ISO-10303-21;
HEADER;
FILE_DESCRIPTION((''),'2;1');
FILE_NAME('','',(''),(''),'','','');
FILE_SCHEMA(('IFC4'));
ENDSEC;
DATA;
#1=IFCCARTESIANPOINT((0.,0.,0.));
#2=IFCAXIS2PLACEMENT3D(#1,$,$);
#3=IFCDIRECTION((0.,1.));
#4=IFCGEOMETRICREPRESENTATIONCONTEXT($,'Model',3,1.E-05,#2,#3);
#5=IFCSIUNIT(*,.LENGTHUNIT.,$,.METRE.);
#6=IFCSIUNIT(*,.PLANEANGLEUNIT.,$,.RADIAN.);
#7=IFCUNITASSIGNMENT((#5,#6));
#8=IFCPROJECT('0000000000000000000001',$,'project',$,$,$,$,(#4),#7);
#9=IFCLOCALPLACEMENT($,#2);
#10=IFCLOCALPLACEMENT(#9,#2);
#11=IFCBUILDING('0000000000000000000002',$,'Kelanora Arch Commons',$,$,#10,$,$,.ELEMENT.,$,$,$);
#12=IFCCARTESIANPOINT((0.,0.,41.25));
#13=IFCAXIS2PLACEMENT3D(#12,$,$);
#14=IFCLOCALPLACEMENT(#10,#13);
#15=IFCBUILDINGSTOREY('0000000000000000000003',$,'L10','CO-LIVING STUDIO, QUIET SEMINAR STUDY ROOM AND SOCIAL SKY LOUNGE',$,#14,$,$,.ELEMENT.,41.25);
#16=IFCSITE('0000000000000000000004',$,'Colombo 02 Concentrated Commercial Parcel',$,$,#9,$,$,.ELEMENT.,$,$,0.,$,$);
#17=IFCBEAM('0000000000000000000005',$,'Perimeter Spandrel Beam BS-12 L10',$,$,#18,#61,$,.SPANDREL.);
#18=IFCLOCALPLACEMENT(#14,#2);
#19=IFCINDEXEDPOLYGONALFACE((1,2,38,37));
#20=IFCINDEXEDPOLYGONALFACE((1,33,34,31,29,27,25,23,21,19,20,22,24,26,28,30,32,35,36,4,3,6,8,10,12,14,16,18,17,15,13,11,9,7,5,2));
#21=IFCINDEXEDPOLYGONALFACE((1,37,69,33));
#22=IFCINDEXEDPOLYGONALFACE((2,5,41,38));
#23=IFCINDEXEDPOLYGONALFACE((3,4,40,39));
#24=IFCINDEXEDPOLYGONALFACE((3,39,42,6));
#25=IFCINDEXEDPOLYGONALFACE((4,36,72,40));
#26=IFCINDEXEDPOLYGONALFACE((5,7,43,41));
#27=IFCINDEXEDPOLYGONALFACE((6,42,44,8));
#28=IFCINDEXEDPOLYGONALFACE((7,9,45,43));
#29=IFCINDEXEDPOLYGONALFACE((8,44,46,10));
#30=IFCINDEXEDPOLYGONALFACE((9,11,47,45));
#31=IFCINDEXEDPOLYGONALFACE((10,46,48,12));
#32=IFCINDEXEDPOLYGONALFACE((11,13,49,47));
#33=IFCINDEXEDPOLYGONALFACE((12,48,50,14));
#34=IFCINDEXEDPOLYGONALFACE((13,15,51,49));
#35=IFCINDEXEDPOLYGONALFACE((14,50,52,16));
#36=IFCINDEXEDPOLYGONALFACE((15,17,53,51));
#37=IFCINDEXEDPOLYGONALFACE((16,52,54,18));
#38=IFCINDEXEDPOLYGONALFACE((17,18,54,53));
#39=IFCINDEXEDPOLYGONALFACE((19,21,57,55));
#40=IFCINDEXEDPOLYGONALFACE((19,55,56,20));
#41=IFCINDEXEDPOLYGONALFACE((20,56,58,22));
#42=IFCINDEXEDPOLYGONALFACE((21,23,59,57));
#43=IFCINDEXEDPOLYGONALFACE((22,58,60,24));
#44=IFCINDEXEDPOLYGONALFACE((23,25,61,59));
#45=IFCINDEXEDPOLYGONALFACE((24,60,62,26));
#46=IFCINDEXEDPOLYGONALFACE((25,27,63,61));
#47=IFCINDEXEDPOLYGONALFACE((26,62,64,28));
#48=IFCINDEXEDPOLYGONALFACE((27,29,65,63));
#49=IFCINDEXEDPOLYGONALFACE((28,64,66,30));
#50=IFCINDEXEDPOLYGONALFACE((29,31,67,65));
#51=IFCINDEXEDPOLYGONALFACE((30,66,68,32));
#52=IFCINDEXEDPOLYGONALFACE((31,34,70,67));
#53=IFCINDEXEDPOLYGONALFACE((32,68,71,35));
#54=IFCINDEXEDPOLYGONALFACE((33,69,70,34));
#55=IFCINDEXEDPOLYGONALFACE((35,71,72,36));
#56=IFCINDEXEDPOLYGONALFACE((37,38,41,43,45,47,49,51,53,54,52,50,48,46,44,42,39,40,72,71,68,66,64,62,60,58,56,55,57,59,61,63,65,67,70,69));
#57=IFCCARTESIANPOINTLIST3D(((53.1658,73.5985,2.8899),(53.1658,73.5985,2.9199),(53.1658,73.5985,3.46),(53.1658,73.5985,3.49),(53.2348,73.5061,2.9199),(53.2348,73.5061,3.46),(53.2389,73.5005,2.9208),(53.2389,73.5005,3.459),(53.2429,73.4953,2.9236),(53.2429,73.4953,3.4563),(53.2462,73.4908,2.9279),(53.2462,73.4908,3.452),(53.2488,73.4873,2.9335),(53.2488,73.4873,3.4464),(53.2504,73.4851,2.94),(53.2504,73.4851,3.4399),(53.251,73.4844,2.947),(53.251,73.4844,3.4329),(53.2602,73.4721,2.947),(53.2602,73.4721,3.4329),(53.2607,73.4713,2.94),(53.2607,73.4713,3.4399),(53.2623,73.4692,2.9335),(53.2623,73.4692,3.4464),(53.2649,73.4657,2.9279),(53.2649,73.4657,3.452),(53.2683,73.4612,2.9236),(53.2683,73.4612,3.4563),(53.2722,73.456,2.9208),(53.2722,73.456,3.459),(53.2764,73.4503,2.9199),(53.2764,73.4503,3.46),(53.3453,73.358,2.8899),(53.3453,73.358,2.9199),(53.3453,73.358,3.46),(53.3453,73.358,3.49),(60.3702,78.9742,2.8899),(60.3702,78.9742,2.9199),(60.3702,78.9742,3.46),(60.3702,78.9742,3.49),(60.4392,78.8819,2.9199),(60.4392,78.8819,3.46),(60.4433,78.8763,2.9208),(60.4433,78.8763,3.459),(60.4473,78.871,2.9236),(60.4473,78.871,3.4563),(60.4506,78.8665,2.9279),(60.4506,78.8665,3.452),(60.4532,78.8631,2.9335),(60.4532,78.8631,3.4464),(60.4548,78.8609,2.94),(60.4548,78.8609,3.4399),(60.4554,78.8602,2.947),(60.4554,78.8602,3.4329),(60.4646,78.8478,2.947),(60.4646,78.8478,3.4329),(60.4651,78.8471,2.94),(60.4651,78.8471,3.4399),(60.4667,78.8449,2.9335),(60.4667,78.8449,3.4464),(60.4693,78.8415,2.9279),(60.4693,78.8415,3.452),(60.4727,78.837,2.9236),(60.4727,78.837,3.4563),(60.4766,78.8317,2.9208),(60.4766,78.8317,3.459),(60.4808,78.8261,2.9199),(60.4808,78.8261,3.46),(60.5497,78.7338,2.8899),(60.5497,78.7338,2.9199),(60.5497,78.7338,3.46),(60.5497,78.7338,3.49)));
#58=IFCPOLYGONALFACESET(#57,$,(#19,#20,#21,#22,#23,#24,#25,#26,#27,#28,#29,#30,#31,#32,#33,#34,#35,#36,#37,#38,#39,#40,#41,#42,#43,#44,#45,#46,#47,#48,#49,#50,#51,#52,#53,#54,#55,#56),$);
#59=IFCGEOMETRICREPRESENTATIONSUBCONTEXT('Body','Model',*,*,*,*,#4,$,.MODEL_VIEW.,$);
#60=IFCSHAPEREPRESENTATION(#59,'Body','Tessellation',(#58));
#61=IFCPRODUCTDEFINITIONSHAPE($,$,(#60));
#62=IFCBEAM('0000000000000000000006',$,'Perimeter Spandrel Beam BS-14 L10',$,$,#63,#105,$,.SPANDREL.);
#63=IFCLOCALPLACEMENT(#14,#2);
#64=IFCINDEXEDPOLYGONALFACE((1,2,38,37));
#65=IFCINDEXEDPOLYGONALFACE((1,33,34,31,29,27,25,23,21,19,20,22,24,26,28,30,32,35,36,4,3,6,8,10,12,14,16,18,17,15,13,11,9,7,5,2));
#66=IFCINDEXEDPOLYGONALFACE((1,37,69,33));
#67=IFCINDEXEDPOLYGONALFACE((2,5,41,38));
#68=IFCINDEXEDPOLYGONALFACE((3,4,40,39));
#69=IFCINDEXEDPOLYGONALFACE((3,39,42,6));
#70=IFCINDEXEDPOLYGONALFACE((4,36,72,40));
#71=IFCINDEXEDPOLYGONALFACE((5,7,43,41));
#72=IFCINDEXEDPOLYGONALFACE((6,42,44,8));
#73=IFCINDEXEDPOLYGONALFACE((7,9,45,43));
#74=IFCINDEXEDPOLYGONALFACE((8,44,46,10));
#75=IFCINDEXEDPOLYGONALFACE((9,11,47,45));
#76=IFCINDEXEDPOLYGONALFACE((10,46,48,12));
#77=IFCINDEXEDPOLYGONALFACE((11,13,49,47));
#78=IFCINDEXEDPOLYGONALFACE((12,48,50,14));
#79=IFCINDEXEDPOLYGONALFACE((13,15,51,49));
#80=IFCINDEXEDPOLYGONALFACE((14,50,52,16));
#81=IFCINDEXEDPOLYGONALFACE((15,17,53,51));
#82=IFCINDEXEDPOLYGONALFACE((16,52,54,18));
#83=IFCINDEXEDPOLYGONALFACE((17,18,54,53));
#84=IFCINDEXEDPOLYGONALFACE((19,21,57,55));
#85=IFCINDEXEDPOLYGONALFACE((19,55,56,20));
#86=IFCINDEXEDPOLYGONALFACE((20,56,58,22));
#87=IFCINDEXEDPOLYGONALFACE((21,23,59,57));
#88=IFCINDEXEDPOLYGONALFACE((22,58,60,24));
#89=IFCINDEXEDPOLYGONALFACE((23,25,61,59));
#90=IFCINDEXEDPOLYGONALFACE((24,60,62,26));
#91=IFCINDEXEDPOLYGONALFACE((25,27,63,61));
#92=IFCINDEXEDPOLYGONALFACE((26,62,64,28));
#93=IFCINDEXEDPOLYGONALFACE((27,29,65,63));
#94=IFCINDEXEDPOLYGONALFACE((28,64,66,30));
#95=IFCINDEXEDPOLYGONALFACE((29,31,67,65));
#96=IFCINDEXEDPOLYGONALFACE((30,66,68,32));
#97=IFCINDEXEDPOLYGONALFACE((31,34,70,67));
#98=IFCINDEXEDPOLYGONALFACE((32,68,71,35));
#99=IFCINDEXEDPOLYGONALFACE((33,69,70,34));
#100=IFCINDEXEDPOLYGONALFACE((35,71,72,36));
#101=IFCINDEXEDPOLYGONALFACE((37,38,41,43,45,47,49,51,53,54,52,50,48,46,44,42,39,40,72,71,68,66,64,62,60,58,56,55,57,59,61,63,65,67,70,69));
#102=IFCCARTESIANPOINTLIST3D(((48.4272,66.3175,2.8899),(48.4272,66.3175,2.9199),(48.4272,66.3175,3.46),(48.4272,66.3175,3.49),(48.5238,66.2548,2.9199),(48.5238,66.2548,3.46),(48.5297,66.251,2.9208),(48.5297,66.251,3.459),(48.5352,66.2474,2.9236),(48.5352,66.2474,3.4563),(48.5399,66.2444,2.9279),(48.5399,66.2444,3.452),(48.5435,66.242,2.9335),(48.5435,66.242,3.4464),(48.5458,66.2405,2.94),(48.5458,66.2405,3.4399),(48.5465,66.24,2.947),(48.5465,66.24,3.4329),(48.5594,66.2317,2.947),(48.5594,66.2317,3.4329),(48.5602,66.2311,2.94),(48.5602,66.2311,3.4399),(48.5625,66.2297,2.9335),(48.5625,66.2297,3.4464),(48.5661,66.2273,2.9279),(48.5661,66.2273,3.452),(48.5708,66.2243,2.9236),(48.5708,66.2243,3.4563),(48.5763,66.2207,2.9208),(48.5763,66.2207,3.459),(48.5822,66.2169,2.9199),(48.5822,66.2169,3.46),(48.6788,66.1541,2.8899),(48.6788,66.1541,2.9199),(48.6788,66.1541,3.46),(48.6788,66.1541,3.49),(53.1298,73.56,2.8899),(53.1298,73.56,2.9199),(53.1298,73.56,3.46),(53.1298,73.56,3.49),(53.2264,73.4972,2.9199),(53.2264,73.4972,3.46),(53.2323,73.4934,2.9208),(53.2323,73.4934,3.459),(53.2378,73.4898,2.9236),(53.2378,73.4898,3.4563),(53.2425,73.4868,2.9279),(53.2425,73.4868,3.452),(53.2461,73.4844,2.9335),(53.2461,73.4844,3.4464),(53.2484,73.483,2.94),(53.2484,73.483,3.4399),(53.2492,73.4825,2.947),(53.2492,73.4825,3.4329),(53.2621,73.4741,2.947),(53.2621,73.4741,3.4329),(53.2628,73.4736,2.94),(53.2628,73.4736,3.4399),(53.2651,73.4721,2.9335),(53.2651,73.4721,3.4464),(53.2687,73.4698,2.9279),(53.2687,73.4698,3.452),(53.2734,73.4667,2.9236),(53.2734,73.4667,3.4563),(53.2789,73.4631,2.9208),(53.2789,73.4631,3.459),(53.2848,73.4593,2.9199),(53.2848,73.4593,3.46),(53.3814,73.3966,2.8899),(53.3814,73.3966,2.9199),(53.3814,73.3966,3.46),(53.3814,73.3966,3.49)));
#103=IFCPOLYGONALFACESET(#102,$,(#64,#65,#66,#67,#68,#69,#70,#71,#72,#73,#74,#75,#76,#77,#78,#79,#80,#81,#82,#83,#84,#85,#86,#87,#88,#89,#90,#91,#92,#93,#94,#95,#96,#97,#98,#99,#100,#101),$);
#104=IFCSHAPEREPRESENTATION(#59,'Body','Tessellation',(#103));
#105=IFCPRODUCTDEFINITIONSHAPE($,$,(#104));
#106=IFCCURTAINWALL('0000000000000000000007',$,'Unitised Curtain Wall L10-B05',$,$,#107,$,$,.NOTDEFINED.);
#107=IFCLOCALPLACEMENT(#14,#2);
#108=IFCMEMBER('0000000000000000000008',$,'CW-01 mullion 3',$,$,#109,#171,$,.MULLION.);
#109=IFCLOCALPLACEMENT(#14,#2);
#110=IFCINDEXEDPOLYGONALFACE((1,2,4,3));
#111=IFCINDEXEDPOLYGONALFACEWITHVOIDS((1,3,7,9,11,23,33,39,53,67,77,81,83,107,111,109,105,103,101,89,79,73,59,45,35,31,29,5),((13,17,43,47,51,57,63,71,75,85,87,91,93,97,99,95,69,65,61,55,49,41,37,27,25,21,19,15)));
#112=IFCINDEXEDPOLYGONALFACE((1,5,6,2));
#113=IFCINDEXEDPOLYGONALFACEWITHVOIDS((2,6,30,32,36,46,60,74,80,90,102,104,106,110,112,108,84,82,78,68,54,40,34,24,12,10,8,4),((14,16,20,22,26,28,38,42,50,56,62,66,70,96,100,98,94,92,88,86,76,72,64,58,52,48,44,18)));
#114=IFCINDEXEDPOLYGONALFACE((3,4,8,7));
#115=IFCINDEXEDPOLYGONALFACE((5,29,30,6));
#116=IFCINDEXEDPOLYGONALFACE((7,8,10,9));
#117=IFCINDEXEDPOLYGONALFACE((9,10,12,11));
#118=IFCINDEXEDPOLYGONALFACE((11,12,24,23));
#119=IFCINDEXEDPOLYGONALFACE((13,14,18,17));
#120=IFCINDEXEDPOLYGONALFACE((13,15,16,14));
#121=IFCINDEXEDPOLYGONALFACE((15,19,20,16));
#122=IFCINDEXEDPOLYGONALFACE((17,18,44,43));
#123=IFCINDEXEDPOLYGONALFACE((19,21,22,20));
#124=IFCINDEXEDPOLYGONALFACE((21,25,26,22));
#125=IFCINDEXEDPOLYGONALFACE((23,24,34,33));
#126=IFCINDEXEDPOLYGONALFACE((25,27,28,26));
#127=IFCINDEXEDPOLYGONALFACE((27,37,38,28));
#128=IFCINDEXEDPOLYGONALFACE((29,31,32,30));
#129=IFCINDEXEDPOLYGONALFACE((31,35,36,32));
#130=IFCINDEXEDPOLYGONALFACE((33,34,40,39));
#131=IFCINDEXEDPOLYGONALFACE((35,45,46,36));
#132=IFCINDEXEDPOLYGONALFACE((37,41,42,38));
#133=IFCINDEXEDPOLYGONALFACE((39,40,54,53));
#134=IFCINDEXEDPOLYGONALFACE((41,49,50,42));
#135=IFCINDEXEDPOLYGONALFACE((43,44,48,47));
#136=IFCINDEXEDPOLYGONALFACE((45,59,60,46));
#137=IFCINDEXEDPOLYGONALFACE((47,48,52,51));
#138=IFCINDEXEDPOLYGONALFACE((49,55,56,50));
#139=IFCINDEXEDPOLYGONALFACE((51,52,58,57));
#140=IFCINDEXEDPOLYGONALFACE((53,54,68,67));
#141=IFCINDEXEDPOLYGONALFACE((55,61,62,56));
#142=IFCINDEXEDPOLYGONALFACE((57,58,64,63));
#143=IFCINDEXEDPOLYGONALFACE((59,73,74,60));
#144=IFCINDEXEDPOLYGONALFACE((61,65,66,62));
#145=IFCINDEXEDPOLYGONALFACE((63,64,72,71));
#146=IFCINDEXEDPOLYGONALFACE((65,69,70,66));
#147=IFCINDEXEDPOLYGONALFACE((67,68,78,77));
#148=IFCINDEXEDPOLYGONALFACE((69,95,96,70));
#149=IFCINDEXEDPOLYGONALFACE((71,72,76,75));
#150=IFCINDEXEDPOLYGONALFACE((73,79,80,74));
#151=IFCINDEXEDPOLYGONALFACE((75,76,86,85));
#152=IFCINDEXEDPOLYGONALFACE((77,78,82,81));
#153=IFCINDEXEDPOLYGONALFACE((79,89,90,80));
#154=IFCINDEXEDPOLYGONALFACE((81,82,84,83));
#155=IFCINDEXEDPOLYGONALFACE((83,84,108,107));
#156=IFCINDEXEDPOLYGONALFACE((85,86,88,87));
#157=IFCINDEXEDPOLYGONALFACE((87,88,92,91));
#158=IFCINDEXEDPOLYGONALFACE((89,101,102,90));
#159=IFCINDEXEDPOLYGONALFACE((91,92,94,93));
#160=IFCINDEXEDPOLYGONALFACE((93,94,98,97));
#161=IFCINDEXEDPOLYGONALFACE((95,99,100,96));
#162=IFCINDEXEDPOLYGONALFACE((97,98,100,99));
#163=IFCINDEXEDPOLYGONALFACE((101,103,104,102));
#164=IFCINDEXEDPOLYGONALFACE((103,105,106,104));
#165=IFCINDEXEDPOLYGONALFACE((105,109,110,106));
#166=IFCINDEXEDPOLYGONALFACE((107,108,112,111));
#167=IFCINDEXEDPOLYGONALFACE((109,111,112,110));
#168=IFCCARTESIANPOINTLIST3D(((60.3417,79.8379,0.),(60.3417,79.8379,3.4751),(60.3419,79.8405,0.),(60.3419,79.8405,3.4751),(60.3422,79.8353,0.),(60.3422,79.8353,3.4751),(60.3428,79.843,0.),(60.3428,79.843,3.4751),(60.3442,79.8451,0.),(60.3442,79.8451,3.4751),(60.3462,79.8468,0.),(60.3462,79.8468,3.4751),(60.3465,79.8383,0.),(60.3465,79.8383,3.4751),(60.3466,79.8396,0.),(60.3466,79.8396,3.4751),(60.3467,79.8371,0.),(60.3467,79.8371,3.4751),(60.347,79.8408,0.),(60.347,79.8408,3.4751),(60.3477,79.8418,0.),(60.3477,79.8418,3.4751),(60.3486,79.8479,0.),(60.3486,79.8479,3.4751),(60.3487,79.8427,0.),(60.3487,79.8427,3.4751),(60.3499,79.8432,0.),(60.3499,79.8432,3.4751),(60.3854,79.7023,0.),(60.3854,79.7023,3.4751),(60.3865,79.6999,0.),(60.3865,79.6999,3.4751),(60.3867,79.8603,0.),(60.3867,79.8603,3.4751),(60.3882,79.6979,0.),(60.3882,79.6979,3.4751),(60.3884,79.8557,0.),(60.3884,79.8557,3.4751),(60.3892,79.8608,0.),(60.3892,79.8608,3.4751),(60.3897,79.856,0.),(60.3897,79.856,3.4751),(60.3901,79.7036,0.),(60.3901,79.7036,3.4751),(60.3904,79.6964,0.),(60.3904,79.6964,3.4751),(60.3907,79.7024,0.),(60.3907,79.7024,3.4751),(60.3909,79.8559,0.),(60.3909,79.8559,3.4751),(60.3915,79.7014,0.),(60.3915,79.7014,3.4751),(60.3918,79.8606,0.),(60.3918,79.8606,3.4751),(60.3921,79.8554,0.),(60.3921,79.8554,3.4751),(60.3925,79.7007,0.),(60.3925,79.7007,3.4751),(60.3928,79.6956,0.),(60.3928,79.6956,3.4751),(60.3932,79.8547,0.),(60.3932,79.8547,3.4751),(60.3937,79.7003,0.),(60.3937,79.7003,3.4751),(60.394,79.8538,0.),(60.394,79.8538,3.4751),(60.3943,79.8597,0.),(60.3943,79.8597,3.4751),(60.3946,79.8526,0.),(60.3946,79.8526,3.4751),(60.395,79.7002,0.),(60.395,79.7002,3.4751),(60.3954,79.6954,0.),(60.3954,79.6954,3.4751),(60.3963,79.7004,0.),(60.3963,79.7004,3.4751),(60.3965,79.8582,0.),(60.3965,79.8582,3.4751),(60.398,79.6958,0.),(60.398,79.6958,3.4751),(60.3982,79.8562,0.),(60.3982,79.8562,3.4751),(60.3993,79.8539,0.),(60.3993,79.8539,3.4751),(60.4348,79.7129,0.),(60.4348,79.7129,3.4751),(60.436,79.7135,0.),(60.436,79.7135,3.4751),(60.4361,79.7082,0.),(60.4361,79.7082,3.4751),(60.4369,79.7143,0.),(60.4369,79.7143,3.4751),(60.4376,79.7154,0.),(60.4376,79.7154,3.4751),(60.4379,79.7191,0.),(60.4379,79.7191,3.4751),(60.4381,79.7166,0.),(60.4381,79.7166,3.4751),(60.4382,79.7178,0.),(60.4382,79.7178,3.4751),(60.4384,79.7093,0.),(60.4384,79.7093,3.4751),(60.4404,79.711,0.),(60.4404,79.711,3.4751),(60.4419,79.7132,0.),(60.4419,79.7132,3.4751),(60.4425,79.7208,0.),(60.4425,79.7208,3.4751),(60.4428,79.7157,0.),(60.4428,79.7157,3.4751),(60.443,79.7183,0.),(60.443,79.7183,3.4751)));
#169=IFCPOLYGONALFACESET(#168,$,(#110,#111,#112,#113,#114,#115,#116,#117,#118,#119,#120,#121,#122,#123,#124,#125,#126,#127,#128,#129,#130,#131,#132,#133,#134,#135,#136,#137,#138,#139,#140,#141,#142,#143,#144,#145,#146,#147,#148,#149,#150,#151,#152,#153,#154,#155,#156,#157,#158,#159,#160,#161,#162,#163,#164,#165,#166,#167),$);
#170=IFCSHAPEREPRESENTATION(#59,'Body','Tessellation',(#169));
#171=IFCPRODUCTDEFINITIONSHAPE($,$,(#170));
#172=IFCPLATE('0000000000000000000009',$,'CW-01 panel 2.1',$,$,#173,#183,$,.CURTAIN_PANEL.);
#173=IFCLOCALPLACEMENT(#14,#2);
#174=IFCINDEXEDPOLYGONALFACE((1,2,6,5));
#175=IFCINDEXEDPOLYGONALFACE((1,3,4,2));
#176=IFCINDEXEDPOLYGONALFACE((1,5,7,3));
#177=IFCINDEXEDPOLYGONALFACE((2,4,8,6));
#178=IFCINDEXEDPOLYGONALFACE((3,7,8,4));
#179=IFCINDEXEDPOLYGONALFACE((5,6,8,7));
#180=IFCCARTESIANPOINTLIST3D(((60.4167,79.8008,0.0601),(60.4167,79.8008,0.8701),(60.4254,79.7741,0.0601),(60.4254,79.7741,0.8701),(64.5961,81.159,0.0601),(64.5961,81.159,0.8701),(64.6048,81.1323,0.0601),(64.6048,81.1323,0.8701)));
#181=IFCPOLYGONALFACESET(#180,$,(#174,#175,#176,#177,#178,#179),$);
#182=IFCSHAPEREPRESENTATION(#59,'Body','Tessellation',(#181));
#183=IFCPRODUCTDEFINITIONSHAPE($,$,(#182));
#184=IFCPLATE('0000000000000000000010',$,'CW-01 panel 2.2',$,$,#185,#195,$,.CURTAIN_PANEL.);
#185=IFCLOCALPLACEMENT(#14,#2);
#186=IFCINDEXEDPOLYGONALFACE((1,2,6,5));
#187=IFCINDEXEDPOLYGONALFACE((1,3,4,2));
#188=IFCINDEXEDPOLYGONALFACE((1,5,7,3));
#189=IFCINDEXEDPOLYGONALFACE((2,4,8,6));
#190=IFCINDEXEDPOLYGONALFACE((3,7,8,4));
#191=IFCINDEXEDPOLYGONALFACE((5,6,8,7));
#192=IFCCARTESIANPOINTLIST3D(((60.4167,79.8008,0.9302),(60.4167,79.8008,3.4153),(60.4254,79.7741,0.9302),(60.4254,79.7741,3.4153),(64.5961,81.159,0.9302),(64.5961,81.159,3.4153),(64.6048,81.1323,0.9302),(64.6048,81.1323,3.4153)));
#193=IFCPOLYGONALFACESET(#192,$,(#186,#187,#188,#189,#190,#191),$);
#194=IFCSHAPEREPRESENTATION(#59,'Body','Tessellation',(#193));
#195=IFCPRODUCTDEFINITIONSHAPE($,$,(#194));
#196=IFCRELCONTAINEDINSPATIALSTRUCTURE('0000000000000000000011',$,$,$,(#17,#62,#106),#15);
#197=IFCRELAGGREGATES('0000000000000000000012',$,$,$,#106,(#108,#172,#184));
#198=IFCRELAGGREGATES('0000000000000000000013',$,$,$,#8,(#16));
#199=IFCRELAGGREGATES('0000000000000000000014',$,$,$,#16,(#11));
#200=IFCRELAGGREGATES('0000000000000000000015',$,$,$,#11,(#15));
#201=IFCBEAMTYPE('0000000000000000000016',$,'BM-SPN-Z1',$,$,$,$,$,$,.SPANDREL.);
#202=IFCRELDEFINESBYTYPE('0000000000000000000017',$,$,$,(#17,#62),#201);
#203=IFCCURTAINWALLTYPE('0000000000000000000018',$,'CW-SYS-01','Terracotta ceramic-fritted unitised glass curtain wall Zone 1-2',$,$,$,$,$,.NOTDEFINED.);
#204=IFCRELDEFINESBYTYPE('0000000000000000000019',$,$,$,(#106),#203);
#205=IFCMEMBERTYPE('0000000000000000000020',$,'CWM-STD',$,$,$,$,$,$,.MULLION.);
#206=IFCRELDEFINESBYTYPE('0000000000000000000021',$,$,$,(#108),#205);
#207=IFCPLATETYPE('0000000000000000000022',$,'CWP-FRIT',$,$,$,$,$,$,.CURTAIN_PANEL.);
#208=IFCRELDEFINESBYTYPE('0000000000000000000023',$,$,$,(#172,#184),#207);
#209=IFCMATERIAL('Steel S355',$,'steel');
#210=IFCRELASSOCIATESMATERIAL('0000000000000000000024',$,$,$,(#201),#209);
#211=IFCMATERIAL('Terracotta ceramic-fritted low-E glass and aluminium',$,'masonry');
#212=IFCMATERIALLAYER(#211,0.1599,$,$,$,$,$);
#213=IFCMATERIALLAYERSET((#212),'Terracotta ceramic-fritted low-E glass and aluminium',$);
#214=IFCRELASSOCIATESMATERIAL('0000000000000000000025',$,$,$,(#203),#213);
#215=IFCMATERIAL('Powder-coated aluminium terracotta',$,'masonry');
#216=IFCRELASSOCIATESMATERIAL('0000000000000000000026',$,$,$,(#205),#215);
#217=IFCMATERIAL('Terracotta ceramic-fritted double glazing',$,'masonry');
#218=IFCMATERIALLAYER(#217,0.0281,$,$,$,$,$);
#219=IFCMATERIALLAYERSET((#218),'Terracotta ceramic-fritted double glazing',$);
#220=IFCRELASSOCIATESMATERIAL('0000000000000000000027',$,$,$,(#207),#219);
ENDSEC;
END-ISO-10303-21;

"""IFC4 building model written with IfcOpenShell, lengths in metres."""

from ifc_helpers import new_model, si_unit, direction, frame, origin, origin_2d, place, context, subcontext, project, spatial, rectangle, hollow_rectangle, i_section, extrude, source, transform, mapped, material, layer, layer_set, material_profile, profile_set, type_object, element, aggregate, save


model = new_model("IFC4")

# Units and contexts
model_context = context("Model", 3, precision=1e-05, world=origin(), true_north=direction((0.0, 1.0)))
body_context = subcontext(model_context, "Body", "Model", "MODEL_VIEW")
ifc_project = project(units=[si_unit("LENGTHUNIT", "METRE"), si_unit("PLANEANGLEUNIT", "RADIAN")], contexts=[model_context])

# Site, building, storey
site_placement = place(None, origin())
site = spatial("IfcSite", under=ifc_project, at=site_placement, Name="Colombo 02 Concentrated Commercial Parcel", CompositionType="ELEMENT", RefElevation=0.0)
building_placement = place(site_placement, origin())
building = spatial("IfcBuilding", under=site, at=building_placement, Name="Kelanora Arch Commons", CompositionType="ELEMENT")
storey_placement = place(building_placement, frame((0.0, 0.0, 41.25)))
storey = spatial("IfcBuildingStorey", under=building, at=storey_placement, Name="L10", Description="CO-LIVING STUDIO, QUIET SEMINAR STUDY ROOM AND SOCIAL SKY LOUNGE", CompositionType="ELEMENT", Elevation=41.25)

# Beams
ifc_material_1 = material(Name="Steel S355", Category="steel")
ifc_material_profile_1 = material_profile(ifc_material_1, i_section(OverallWidth=0.3, OverallDepth=0.6001, WebThickness=0.0154, FlangeThickness=0.03, FilletRadius=0.0271, at=origin_2d()), Name="HEB600")
ifc_profile_set_1 = profile_set([ifc_material_profile_1], Name="Steel S355")
beam_type_1 = type_object("IfcBeamType", Name="BM-SPN-Z1", PredefinedType="SPANDREL", material=ifc_profile_set_1)
beam_1_placement = place(storey_placement, frame((60.46, 78.854, 3.1899), z_axis=(-0.801468, -0.598038, 0.0), x_axis=(0.598038, -0.801468, 0.0)))
element("IfcBeam", 1, at=beam_1_placement, inside=storey, type_object=beam_type_1, Name="Perimeter Spandrel Beam BS-12 L10", PredefinedType="SPANDREL", context=body_context, shape_type="SweptSolid", body=[
    extrude(i_section(OverallWidth=0.3, OverallDepth=0.6001, WebThickness=0.0154, FlangeThickness=0.03, FilletRadius=0.0271, at=origin_2d()), origin(), (0.0, 0.0, 1.0), 8.989),
])
beam_2_placement = place(storey_placement, frame((53.2556, 73.4783, 3.1899), z_axis=(-0.544586, -0.838705, 0.0), x_axis=(0.838705, -0.544586, 0.0)))
element("IfcBeam", 2, at=beam_2_placement, inside=storey, type_object=beam_type_1, Name="Perimeter Spandrel Beam BS-14 L10", PredefinedType="SPANDREL", context=body_context, shape_type="SweptSolid", body=[
    extrude(i_section(OverallWidth=0.3, OverallDepth=0.6001, WebThickness=0.0154, FlangeThickness=0.03, FilletRadius=0.0271, at=origin_2d()), origin(), (0.0, 0.0, 1.0), 8.6353),
])

# Curtain wall, member, plates
ifc_material_2 = material(Name="Terracotta ceramic-fritted low-E glass and aluminium", Category="masonry")
ifc_layer_1 = layer(ifc_material_2, 0.1599)
ifc_layer_set_1 = layer_set([ifc_layer_1], Name="Terracotta ceramic-fritted low-E glass and aluminium")
curtain_wall_type = type_object("IfcCurtainWallType", Name="CW-SYS-01", Description="Terracotta ceramic-fritted unitised glass curtain wall Zone 1-2", PredefinedType="NOTDEFINED", material=ifc_layer_set_1)
curtain_wall_placement = place(storey_placement, origin())
curtain_wall = element("IfcCurtainWall", 3, at=curtain_wall_placement, inside=storey, type_object=curtain_wall_type, Name="Unitised Curtain Wall L10-B05", PredefinedType="NOTDEFINED")
ifc_material_3 = material(Name="Powder-coated aluminium terracotta", Category="masonry")
ifc_material_profile_2 = material_profile(ifc_material_3, hollow_rectangle(XDim=0.1599, YDim=0.0601, WallThickness=0.0049, InnerFilletRadius=0.0049, OuterFilletRadius=0.01, at=origin_2d()), Name="CWM160x60")
ifc_profile_set_2 = profile_set([ifc_material_profile_2], Name="Powder-coated aluminium terracotta")
member_type = type_object("IfcMemberType", Name="CWM-STD", PredefinedType="MULLION", material=ifc_profile_set_2)
member_placement = place(storey_placement, frame((60.3923, 79.7781, 0.0), z_axis=(0.0, 0.0, 1.0), x_axis=(0.309058, -0.951043, 0.0)))
member = element("IfcMember", 4, at=member_placement, type_object=member_type, Name="CW-01 mullion 3", PredefinedType="MULLION", context=body_context, shape_type="SweptSolid", body=[
    extrude(hollow_rectangle(XDim=0.1599, YDim=0.0601, WallThickness=0.0049, InnerFilletRadius=0.0049, OuterFilletRadius=0.01, at=origin_2d()), origin(), (0.0, 0.0, 1.0), 3.4751),
])
ifc_material_4 = material(Name="Terracotta ceramic-fritted double glazing", Category="masonry")
ifc_layer_2 = layer(ifc_material_4, 0.0281)
ifc_layer_set_2 = layer_set([ifc_layer_2], Name="Terracotta ceramic-fritted double glazing")
plate_type = type_object("IfcPlateType", Name="CWP-FRIT", PredefinedType="CURTAIN_PANEL", material=ifc_layer_set_2)
shared_shape_1 = source(origin(), body_context, "Body", "SweptSolid", [
    extrude(rectangle(XDim=4.3945, YDim=0.0281, at=origin_2d()), origin(), (0.0, 0.0, 1.0), 0.8101),
])
plate_1_placement = place(storey_placement, frame((62.5107, 80.4666, 0.0601), z_axis=(0.0, 0.0, 1.0), x_axis=(-0.951043, -0.309058, 0.0)))
plate_1 = element("IfcPlate", 5, at=plate_1_placement, type_object=plate_type, Name="CW-01 panel 2.1", PredefinedType="CURTAIN_PANEL", context=body_context, shape_type="MappedRepresentation", body=[
    mapped(shared_shape_1, transform((0.0, 0.0, 0.0), scale=1.0)),
])
shared_shape_2 = source(origin(), body_context, "Body", "SweptSolid", [
    extrude(rectangle(XDim=4.3945, YDim=0.0281, at=origin_2d()), origin(), (0.0, 0.0, 1.0), 2.4851),
])
plate_2_placement = place(storey_placement, frame((62.5107, 80.4666, 0.9302), z_axis=(0.0, 0.0, 1.0), x_axis=(-0.951043, -0.309058, 0.0)))
plate_2 = element("IfcPlate", 6, at=plate_2_placement, type_object=plate_type, Name="CW-01 panel 2.2", PredefinedType="CURTAIN_PANEL", context=body_context, shape_type="MappedRepresentation", body=[
    mapped(shared_shape_2, transform((0.0, 0.0, 0.0), scale=1.0)),
])
aggregate(curtain_wall, [member, plate_1, plate_2])

save(model, "model.ifc")
